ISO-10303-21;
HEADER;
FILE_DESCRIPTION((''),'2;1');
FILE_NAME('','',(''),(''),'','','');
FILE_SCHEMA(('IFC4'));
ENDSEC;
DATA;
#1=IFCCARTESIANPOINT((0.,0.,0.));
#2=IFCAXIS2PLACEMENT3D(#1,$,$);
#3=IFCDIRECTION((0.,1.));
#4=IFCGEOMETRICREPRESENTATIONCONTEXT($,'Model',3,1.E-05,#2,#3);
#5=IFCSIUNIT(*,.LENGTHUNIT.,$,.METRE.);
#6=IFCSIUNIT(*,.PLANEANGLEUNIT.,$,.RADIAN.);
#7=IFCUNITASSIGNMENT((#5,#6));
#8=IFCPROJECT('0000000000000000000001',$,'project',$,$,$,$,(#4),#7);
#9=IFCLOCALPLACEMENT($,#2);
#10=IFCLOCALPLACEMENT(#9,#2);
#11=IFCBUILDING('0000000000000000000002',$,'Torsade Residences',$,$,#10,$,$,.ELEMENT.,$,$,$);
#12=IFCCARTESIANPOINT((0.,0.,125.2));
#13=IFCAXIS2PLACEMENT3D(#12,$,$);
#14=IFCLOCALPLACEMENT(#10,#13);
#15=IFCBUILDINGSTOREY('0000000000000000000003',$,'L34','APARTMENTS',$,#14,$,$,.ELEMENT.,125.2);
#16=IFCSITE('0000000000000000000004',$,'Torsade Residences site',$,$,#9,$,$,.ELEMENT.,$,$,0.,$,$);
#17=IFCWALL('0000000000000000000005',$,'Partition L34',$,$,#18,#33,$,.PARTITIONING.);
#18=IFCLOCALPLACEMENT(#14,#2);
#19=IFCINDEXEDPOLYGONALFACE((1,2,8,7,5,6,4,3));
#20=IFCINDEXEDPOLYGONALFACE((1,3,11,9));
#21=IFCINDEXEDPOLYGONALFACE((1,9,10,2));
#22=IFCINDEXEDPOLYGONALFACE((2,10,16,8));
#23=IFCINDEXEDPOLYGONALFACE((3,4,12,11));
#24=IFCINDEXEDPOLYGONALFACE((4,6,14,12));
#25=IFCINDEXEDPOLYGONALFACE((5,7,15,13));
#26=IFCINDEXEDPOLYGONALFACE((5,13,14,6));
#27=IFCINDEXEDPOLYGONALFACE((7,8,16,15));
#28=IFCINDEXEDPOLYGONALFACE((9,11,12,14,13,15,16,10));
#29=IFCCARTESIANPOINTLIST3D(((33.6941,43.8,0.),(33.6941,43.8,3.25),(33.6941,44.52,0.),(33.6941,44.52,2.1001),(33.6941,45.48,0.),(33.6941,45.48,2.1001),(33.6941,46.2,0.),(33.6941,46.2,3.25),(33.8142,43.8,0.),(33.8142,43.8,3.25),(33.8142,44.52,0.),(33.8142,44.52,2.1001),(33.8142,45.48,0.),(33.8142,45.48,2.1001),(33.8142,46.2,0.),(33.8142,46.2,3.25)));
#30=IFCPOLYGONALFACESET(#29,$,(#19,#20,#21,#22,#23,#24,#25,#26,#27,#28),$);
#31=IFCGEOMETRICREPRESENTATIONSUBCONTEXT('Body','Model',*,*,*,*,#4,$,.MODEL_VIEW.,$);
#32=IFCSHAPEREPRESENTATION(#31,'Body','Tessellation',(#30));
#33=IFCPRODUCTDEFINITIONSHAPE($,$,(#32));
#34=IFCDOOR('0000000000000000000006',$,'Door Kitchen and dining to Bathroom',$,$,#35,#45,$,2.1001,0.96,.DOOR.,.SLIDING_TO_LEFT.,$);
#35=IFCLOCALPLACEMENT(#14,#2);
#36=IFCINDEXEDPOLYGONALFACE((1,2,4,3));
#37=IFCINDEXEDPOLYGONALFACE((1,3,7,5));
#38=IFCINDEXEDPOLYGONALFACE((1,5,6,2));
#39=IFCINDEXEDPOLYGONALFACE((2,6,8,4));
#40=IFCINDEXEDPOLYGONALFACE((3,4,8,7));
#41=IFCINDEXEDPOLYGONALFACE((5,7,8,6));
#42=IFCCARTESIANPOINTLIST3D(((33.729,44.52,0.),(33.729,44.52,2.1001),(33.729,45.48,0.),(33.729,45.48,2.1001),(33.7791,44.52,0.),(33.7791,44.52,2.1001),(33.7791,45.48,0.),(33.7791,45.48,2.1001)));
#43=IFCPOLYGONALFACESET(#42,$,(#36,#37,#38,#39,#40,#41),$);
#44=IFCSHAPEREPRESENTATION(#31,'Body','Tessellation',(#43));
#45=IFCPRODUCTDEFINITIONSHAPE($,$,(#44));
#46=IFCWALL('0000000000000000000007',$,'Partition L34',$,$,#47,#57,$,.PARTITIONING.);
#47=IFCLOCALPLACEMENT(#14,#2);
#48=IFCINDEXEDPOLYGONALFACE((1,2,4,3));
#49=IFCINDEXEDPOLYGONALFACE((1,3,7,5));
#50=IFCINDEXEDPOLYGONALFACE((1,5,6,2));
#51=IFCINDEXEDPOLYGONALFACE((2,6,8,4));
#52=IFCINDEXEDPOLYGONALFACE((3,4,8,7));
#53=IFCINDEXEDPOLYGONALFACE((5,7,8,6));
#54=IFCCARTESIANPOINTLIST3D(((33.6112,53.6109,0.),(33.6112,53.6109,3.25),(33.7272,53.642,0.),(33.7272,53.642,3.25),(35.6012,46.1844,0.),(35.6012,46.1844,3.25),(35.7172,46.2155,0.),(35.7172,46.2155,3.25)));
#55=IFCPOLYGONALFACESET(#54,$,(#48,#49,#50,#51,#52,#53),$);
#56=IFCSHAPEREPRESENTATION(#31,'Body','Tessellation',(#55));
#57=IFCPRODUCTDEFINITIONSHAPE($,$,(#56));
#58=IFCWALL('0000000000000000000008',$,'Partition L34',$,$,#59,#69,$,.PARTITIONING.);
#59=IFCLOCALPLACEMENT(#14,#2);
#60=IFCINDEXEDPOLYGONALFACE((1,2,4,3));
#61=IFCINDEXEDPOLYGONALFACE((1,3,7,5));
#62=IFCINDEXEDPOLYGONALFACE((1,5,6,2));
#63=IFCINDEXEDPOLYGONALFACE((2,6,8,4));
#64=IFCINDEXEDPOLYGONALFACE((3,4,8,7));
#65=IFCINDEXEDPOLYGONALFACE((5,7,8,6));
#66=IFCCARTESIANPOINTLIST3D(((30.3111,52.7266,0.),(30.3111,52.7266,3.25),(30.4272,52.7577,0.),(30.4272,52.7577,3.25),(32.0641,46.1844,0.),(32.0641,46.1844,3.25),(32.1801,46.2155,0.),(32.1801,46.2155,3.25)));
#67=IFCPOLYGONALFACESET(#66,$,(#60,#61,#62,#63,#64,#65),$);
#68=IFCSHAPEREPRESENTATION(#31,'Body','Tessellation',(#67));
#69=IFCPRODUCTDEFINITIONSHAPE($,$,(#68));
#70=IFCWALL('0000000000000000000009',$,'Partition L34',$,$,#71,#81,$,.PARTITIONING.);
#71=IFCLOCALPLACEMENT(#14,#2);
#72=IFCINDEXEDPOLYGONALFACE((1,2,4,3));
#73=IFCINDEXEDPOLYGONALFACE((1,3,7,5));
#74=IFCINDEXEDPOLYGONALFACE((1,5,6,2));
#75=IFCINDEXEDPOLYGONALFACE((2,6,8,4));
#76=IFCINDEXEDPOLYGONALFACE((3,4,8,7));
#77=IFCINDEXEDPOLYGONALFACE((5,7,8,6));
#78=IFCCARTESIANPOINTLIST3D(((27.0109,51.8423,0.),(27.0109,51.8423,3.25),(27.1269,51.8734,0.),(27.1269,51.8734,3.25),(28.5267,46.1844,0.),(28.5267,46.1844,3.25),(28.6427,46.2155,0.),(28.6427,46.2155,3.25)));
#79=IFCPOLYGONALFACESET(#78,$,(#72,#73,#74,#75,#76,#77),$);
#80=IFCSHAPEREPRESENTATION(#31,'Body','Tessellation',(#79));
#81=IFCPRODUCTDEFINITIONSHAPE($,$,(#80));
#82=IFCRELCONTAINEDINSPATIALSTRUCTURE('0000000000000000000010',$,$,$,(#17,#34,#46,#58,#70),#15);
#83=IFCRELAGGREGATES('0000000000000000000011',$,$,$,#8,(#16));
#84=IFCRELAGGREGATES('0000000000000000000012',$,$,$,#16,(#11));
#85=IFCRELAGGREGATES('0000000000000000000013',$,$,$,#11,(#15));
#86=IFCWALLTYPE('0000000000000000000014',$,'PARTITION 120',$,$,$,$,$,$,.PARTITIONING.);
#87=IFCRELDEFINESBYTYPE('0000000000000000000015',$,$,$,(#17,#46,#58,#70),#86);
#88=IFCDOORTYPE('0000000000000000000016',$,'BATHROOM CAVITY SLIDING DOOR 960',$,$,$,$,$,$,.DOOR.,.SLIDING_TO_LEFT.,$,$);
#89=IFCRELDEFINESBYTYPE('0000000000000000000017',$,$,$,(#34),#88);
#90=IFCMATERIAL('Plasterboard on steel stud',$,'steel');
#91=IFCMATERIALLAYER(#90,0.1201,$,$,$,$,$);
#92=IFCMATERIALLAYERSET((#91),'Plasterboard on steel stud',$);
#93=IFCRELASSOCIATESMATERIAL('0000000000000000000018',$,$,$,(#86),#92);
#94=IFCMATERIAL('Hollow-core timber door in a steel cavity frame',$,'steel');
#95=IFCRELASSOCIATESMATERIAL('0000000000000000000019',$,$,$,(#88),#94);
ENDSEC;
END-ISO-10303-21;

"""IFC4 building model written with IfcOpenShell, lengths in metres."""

from ifc_helpers import new_model, si_unit, direction, frame, frame_2d, origin, place, context, subcontext, project, spatial, rectangle, extrude, material, layer, layer_set, type_object, element, fill, save


model = new_model("IFC4")

# Units and contexts
model_context = context("Model", 3, precision=1e-05, world=origin(), true_north=direction((0.0, 1.0)))
body_context = subcontext(model_context, "Body", "Model", "MODEL_VIEW")
ifc_project = project(units=[si_unit("LENGTHUNIT", "METRE"), si_unit("PLANEANGLEUNIT", "RADIAN")], contexts=[model_context])

# Site, building, storey
site_placement = place(None, origin())
site = spatial("IfcSite", under=ifc_project, at=site_placement, Name="Torsade Residences site", CompositionType="ELEMENT", RefElevation=0.0)
building_placement = place(site_placement, origin())
building = spatial("IfcBuilding", under=site, at=building_placement, Name="Torsade Residences", CompositionType="ELEMENT")
storey_placement = place(building_placement, frame((0.0, 0.0, 125.2)))
storey = spatial("IfcBuildingStorey", under=building, at=storey_placement, Name="L34", Description="APARTMENTS", CompositionType="ELEMENT", Elevation=125.2)

# Wall, opening, door
ifc_material_1 = material(Name="Plasterboard on steel stud", Category="steel")
ifc_layer_1 = layer(ifc_material_1, 0.1201)
ifc_layer_set_1 = layer_set([ifc_layer_1], Name="Plasterboard on steel stud")
wall_type = type_object("IfcWallType", Name="PARTITION 120", PredefinedType="PARTITIONING", material=ifc_layer_set_1)
wall_1_placement = place(storey_placement, frame((33.7542, 46.2, 0.0), z_axis=(0.0, 0.0, 1.0), x_axis=(0.0, -1.0, 0.0)))
wall_1 = element("IfcWall", 1, at=wall_1_placement, inside=storey, type_object=wall_type, Name="Partition L34", PredefinedType="PARTITIONING", context=body_context, shape_type="SweptSolid", body=[
    extrude(rectangle(XDim=2.3999, YDim=0.1201, at=frame_2d((1.2, 0.0))), origin(), (0.0, 0.0, 1.0), 3.25),
])
opening_placement = place(wall_1_placement, frame((0.72, 0.0, 0.0)))
opening = element("IfcOpeningElement", 2, at=opening_placement, cuts=wall_1, PredefinedType="OPENING", context=body_context, shape_type="SweptSolid", body=[
    extrude(rectangle(XDim=0.96, YDim=2.1001, at=frame_2d((0.48, 1.05))), frame((0.0, 0.0701, 0.0), z_axis=(0.0, -1.0, 0.0), x_axis=(1.0, 0.0, 0.0)), (0.0, 0.0, 1.0), 0.1401),
])
ifc_material_2 = material(Name="Hollow-core timber door in a steel cavity frame", Category="steel")
door_type = type_object("IfcDoorType", Name="BATHROOM CAVITY SLIDING DOOR 960", OperationType="SLIDING_TO_LEFT", PredefinedType="DOOR", material=ifc_material_2)
door_placement = place(opening_placement, origin())
door = element("IfcDoor", 3, at=door_placement, inside=storey, type_object=door_type, Name="Door Kitchen and dining to Bathroom", OperationType="SLIDING_TO_LEFT", OverallHeight=2.1001, OverallWidth=0.96, PredefinedType="DOOR", context=body_context, shape_type="SweptSolid", body=[
    extrude(rectangle(XDim=0.96, YDim=2.1001, at=frame_2d((0.48, 1.05))), frame((0.0, 0.0249, 0.0), z_axis=(0.0, -1.0, 0.0), x_axis=(1.0, 0.0, 0.0)), (0.0, 0.0, 1.0), 0.05),
])
fill(opening, door)

# Walls
wall_2_placement = place(storey_placement, frame((35.6592, 46.2, 0.0), z_axis=(0.0, 0.0, 1.0), x_axis=(-0.258827, 0.965924, 0.0)))
element("IfcWall", 4, at=wall_2_placement, inside=storey, type_object=wall_type, Name="Partition L34", PredefinedType="PARTITIONING", context=body_context, shape_type="SweptSolid", body=[
    extrude(rectangle(XDim=7.6885, YDim=0.1201, at=frame_2d((3.8442, 0.0))), origin(), (0.0, 0.0, 1.0), 3.25),
])
wall_3_placement = place(storey_placement, frame((32.1221, 46.2, 0.0), z_axis=(0.0, 0.0, 1.0), x_axis=(-0.258811, 0.965928, 0.0)))
element("IfcWall", 5, at=wall_3_placement, inside=storey, type_object=wall_type, Name="Partition L34", PredefinedType="PARTITIONING", context=body_context, shape_type="SweptSolid", body=[
    extrude(rectangle(XDim=6.7729, YDim=0.1201, at=frame_2d((3.3865, 0.0))), origin(), (0.0, 0.0, 1.0), 3.25),
])
wall_4_placement = place(storey_placement, frame((28.5847, 46.2, 0.0), z_axis=(0.0, 0.0, 1.0), x_axis=(-0.258791, 0.965933, 0.0)))
element("IfcWall", 6, at=wall_4_placement, inside=storey, type_object=wall_type, Name="Partition L34", PredefinedType="PARTITIONING", context=body_context, shape_type="SweptSolid", body=[
    extrude(rectangle(XDim=5.8574, YDim=0.1201, at=frame_2d((2.9287, 0.0))), origin(), (0.0, 0.0, 1.0), 3.25),
])

save(model, "model.ifc")
